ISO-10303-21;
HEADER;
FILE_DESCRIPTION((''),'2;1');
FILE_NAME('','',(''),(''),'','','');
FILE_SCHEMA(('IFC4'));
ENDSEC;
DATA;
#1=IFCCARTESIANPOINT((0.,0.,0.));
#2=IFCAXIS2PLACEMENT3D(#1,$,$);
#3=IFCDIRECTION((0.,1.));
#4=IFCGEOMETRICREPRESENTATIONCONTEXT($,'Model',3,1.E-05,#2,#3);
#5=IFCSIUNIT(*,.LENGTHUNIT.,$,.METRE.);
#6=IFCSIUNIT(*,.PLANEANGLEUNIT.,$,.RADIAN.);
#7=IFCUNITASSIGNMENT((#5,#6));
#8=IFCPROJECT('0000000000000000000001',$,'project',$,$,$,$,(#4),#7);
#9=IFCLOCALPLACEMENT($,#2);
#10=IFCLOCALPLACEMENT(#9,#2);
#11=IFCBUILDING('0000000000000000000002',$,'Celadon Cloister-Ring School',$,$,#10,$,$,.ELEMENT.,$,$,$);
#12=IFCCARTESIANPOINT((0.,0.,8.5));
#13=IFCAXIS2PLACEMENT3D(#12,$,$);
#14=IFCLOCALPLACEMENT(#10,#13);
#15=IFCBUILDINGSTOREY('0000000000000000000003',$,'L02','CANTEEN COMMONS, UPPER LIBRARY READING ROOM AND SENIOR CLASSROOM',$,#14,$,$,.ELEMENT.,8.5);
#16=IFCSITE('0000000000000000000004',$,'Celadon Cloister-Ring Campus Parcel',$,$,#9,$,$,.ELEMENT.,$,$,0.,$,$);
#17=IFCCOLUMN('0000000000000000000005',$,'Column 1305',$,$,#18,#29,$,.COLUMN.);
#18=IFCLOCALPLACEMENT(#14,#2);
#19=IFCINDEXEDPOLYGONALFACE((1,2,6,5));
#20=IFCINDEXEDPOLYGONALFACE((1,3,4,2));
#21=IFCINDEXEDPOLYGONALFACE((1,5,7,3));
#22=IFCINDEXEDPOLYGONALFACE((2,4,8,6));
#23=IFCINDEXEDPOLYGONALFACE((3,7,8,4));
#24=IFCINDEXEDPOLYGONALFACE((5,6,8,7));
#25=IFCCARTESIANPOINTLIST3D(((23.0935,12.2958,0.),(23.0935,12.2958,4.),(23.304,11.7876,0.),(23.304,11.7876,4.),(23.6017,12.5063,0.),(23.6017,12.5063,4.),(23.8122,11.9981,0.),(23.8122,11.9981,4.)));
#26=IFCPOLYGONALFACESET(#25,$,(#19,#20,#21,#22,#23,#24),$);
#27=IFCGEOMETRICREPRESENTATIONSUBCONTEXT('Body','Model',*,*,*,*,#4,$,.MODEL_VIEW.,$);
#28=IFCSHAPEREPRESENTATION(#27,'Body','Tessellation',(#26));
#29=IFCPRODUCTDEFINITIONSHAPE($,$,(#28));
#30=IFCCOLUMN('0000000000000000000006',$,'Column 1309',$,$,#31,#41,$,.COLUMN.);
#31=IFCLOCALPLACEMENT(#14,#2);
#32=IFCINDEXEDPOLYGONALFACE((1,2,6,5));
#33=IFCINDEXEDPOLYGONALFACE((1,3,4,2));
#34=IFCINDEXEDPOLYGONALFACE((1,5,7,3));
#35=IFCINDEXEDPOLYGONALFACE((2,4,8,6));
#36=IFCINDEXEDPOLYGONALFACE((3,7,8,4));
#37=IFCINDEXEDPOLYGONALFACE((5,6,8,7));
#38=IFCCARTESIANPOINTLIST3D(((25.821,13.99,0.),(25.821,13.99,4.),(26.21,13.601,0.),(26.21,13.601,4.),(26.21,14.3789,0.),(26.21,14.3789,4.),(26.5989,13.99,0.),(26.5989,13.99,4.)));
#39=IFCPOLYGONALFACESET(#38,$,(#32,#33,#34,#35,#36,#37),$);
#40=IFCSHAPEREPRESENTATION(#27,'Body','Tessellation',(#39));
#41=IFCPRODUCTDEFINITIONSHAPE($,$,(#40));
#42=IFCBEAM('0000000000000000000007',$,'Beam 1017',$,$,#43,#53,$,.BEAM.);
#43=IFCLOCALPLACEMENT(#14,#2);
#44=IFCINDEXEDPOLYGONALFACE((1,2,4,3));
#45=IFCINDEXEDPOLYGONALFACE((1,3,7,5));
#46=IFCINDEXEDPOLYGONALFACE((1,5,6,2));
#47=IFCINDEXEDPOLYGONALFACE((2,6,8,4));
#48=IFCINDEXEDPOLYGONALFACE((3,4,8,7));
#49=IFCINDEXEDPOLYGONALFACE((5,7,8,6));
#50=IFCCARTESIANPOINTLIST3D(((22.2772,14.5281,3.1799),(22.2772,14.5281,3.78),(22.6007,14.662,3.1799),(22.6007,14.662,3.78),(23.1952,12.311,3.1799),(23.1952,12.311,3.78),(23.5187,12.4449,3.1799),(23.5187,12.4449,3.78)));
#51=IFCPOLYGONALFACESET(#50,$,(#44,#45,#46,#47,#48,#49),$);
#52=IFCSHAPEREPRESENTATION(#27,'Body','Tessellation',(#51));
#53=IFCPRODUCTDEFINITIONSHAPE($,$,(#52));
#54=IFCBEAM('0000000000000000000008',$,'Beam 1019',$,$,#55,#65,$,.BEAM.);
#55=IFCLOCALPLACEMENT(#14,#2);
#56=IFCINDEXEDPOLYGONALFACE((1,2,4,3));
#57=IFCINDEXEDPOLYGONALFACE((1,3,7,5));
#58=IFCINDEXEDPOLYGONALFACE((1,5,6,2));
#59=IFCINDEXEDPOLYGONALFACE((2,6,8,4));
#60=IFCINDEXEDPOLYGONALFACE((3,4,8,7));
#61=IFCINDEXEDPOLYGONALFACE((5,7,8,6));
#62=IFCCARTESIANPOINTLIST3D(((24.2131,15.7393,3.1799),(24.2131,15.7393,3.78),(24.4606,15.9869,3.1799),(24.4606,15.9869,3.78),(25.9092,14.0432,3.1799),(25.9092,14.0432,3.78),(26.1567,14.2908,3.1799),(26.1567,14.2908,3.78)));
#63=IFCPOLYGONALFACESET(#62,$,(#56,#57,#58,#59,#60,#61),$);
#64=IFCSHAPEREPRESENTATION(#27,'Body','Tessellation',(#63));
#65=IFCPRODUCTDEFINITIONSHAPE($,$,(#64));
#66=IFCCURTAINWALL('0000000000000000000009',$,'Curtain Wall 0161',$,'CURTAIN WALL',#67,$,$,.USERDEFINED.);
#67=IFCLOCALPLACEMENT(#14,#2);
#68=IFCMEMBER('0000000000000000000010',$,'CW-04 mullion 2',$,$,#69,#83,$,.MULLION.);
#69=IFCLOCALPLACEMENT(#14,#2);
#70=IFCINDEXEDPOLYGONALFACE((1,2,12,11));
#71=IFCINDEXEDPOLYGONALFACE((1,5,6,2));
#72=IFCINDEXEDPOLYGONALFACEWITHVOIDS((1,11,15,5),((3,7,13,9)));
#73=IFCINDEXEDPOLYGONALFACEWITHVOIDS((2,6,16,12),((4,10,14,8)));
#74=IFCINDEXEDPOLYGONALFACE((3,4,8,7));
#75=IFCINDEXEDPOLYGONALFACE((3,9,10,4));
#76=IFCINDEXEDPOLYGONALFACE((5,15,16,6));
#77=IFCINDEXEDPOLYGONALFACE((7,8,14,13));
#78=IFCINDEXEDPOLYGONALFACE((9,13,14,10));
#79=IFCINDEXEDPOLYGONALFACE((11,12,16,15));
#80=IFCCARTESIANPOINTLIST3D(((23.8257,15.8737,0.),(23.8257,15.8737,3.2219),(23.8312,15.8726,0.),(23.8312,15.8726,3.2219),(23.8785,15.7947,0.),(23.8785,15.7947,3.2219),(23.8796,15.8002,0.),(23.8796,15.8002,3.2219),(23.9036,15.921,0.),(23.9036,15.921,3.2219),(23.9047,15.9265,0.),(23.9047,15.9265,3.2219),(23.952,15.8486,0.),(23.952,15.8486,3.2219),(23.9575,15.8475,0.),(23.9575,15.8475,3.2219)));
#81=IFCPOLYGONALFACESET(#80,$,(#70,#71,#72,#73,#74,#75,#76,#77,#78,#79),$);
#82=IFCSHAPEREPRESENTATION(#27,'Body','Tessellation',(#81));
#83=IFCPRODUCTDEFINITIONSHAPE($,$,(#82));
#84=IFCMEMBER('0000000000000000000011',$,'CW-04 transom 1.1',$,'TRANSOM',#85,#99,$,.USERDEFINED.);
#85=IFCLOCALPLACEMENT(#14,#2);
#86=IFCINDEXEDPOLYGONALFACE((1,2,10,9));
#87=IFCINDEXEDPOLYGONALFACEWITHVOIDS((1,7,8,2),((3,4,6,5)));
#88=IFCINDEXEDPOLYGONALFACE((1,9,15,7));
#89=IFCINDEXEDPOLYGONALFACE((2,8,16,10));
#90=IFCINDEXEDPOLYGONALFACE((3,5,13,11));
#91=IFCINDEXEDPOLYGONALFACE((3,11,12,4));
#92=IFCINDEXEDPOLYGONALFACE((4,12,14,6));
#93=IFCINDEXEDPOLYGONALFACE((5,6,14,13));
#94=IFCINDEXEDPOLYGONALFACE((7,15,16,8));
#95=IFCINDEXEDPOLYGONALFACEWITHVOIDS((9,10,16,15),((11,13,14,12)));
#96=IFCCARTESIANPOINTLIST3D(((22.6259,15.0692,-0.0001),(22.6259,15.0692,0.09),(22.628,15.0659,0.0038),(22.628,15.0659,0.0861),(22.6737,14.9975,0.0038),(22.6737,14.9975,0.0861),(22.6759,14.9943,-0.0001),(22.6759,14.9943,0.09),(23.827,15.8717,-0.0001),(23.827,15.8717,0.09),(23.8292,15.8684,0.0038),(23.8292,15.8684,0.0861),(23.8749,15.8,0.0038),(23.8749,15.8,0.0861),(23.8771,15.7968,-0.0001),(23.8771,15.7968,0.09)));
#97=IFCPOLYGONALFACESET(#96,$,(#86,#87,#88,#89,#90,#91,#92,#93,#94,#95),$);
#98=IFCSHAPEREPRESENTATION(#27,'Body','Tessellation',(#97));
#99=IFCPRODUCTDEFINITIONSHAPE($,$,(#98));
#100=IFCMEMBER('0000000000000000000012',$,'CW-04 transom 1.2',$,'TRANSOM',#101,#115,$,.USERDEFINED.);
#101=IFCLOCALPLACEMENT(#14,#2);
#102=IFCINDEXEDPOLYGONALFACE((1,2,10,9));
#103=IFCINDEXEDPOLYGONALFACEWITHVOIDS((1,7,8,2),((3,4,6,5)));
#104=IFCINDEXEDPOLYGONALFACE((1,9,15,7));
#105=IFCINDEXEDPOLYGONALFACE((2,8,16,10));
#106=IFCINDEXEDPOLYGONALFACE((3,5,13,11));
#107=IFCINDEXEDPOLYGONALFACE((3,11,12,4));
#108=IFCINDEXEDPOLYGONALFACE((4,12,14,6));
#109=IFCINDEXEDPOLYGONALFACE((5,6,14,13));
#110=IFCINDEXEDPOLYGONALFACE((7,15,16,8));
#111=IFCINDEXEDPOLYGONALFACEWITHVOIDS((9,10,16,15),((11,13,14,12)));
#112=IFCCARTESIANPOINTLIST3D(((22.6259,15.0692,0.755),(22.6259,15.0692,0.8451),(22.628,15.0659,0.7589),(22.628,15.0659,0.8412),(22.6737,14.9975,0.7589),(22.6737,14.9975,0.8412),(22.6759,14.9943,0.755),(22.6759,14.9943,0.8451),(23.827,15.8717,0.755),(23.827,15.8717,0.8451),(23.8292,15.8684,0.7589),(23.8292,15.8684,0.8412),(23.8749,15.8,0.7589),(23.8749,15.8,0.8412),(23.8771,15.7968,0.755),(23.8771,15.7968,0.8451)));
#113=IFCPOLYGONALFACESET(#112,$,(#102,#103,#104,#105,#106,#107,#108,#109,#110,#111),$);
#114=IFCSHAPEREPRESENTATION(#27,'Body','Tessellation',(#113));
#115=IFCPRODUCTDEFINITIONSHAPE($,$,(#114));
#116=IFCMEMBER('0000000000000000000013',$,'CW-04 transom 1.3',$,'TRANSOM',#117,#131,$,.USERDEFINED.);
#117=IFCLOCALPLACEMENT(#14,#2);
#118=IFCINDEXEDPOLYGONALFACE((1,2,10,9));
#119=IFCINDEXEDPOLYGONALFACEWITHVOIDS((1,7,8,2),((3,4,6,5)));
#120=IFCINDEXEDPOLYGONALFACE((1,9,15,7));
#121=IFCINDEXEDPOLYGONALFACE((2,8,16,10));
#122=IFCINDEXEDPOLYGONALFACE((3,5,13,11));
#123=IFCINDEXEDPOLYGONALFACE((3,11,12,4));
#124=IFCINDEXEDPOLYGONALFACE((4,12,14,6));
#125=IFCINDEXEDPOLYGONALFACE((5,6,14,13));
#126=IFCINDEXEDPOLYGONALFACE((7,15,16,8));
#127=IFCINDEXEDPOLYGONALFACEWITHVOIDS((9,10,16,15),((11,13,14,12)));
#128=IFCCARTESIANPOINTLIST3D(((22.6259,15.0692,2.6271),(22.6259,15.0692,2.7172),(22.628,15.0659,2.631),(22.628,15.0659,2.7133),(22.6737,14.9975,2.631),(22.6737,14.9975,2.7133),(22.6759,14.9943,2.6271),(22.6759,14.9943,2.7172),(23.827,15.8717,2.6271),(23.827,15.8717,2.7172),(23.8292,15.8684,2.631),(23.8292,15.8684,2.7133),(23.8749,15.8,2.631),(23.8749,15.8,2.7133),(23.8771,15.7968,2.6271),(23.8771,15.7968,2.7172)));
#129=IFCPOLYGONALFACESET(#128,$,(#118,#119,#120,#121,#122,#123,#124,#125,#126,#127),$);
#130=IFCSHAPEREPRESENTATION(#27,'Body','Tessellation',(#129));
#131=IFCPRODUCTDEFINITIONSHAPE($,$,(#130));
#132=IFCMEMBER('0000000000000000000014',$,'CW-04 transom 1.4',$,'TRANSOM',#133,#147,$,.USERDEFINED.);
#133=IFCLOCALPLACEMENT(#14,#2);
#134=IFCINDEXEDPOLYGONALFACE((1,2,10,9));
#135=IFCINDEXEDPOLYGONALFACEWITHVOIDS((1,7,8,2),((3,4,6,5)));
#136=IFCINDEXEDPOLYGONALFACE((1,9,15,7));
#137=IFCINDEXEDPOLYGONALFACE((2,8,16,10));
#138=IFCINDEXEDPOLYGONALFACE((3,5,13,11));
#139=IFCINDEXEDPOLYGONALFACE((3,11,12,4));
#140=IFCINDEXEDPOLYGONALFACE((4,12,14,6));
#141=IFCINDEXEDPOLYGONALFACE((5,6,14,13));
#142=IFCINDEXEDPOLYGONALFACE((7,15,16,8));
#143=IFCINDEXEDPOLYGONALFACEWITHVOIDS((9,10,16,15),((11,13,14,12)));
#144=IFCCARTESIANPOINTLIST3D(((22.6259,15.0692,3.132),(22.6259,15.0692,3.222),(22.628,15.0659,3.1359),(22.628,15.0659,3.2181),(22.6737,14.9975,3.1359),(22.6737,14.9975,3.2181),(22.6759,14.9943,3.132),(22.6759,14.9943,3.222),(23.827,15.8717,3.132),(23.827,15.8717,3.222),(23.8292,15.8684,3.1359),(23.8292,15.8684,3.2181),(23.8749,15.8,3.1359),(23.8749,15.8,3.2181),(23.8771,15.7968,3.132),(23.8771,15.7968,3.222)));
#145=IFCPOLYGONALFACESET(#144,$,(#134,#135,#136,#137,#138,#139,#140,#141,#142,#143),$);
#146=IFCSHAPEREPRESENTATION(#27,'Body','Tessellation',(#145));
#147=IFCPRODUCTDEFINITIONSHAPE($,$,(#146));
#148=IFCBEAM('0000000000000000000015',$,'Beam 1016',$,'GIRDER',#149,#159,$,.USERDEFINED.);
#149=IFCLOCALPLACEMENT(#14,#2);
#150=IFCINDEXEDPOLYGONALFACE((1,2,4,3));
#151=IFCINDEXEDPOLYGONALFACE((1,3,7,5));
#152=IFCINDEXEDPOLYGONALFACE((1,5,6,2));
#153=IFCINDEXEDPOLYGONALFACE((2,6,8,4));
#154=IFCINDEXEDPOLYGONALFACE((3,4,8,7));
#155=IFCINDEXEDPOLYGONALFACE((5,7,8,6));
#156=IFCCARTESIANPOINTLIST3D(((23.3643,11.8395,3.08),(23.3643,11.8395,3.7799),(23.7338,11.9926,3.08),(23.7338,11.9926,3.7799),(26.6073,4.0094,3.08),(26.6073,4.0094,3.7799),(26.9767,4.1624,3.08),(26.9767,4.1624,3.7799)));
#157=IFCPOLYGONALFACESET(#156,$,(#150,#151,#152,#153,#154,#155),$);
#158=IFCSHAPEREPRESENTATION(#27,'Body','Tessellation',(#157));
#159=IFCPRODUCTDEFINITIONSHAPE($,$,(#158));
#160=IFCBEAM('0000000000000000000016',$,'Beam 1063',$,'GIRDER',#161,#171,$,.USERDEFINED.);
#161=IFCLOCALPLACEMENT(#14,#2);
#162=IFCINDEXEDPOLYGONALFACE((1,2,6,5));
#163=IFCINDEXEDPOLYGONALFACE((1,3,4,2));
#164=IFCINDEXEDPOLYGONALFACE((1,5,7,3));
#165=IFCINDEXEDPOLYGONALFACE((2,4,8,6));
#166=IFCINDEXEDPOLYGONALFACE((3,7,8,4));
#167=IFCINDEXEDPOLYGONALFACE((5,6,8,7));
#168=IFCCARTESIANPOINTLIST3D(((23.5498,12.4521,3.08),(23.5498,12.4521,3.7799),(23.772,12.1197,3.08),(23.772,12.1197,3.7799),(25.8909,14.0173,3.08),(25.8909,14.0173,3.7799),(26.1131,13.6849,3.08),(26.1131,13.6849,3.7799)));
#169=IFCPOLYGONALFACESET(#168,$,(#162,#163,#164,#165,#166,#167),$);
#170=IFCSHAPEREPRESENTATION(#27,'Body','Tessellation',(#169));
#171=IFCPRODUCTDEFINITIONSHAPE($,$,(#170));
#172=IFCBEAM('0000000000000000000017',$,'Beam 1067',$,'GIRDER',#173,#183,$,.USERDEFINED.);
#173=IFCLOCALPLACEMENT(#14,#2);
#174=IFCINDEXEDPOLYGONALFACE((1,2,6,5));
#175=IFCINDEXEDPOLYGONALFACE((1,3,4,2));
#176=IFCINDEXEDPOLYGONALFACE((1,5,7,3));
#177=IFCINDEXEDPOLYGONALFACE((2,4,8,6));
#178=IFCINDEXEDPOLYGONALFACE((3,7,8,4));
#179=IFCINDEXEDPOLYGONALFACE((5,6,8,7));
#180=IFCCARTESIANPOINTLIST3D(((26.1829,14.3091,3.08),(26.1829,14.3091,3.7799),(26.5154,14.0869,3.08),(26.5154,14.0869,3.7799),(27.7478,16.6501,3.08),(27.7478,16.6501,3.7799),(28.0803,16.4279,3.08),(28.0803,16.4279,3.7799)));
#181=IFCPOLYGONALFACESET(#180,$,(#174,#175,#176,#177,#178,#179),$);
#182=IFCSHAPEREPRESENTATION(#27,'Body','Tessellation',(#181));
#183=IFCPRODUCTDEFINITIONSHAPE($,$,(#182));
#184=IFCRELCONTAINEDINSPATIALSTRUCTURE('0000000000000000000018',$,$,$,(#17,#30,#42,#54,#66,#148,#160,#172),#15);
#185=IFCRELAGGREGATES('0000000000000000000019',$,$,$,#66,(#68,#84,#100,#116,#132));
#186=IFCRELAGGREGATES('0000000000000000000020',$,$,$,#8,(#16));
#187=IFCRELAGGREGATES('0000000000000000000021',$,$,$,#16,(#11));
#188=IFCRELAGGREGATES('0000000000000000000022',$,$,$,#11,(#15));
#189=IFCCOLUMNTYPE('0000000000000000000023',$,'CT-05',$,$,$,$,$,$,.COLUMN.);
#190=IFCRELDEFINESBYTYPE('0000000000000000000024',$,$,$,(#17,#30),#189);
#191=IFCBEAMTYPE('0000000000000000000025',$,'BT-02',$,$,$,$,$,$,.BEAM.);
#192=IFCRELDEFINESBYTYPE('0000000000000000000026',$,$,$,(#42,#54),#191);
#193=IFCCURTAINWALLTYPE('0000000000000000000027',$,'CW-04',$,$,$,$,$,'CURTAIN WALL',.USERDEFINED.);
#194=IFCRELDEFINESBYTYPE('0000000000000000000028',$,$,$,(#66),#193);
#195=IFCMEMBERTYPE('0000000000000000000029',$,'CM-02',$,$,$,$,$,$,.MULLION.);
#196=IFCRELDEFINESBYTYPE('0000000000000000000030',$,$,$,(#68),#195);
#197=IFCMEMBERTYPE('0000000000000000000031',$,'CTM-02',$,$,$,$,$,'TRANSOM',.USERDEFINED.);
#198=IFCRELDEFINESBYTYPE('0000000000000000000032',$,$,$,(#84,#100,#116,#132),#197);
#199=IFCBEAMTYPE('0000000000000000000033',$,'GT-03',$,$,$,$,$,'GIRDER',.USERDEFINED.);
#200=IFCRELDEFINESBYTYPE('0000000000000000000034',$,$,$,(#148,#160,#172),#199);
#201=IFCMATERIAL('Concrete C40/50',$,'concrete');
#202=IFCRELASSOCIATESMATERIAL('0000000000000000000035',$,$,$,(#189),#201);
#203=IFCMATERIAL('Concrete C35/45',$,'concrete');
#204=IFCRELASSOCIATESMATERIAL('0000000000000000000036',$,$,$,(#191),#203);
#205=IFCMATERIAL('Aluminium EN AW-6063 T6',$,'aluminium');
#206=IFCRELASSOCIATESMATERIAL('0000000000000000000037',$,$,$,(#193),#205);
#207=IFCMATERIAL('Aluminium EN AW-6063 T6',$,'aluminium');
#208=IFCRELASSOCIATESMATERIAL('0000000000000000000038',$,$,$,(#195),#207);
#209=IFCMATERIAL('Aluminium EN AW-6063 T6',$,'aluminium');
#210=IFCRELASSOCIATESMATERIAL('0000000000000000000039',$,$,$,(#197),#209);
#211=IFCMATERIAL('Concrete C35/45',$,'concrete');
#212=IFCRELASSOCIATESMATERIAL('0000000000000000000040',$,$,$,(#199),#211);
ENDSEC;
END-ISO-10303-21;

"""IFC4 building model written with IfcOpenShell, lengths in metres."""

from ifc_helpers import new_model, si_unit, direction, frame, origin, origin_2d, place, context, subcontext, project, spatial, rectangle, hollow_rectangle, extrude, material, material_profile, profile_set, type_object, element, aggregate, save


model = new_model("IFC4")

# Units and contexts
model_context = context("Model", 3, precision=1e-05, world=origin(), true_north=direction((0.0, 1.0)))
body_context = subcontext(model_context, "Body", "Model", "MODEL_VIEW")
ifc_project = project(units=[si_unit("LENGTHUNIT", "METRE"), si_unit("PLANEANGLEUNIT", "RADIAN")], contexts=[model_context])

# Site, building, storey
site_placement = place(None, origin())
site = spatial("IfcSite", under=ifc_project, at=site_placement, Name="Celadon Cloister-Ring Campus Parcel", CompositionType="ELEMENT", RefElevation=0.0)
building_placement = place(site_placement, origin())
building = spatial("IfcBuilding", under=site, at=building_placement, Name="Celadon Cloister-Ring School", CompositionType="ELEMENT")
storey_placement = place(building_placement, frame((0.0, 0.0, 8.5)))
storey = spatial("IfcBuildingStorey", under=building, at=storey_placement, Name="L02", Description="CANTEEN COMMONS, UPPER LIBRARY READING ROOM AND SENIOR CLASSROOM", CompositionType="ELEMENT", Elevation=8.5)

# Columns
ifc_material_1 = material(Name="Concrete C40/50", Category="concrete")
ifc_material_profile_1 = material_profile(ifc_material_1, rectangle(XDim=0.55, YDim=0.55, at=origin_2d()), Name="RC550X550")
ifc_profile_set_1 = profile_set([ifc_material_profile_1], Name="Concrete C40/50")
column_type = type_object("IfcColumnType", Name="CT-05", PredefinedType="COLUMN", material=ifc_profile_set_1)
for number, where, z_axis, x_axis, name in (
    (1, (23.4529, 12.147, 0.0), (0.0, 0.0, 1.0), (0.382683, -0.92388, 0.0), "Column 1305"),
    (2, (26.21, 13.99, 0.0), (0.0, 0.0, 1.0), (0.707107, -0.707107, 0.0), "Column 1309"),
):
    element("IfcColumn", number, at=place(storey_placement, frame(where, z_axis=z_axis, x_axis=x_axis)), inside=storey, type_object=column_type, Name=name, PredefinedType="COLUMN", context=body_context, shape_type="SweptSolid", body=[
        extrude(rectangle(XDim=0.55, YDim=0.55, at=origin_2d()), origin(), (0.0, 0.0, 1.0), 4.0),
    ])

# Beams
ifc_material_2 = material(Name="Concrete C35/45", Category="concrete")
ifc_material_profile_2 = material_profile(ifc_material_2, rectangle(XDim=0.3501, YDim=0.6001, at=origin_2d()), Name="RC350X600")
ifc_profile_set_2 = profile_set([ifc_material_profile_2], Name="Concrete C35/45")
beam_type_1 = type_object("IfcBeamType", Name="BT-02", PredefinedType="BEAM", material=ifc_profile_set_2)
beam_1_placement = place(storey_placement, frame((23.3569, 12.3779, 3.48), z_axis=(-0.382555, 0.923933, 0.0), x_axis=(-0.923933, -0.382555, 0.0)))
element("IfcBeam", 3, at=beam_1_placement, inside=storey, type_object=beam_type_1, Name="Beam 1017", PredefinedType="BEAM", context=body_context, shape_type="SweptSolid", body=[
    extrude(rectangle(XDim=0.3501, YDim=0.6001, at=origin_2d()), origin(), (0.0, 0.0, 1.0), 2.3997),
])
beam_2_placement = place(storey_placement, frame((26.033, 14.167, 3.48), z_axis=(-0.707107, 0.707107, 0.0), x_axis=(-0.707107, -0.707107, 0.0)))
element("IfcBeam", 4, at=beam_2_placement, inside=storey, type_object=beam_type_1, Name="Beam 1019", PredefinedType="BEAM", context=body_context, shape_type="SweptSolid", body=[
    extrude(rectangle(XDim=0.3501, YDim=0.6001, at=origin_2d()), origin(), (0.0, 0.0, 1.0), 2.3987),
])

# Curtain wall, members
ifc_material_3 = material(Name="Aluminium EN AW-6063 T6", Category="aluminium")
curtain_wall_type = type_object("IfcCurtainWallType", Name="CW-04", ElementType="CURTAIN WALL", PredefinedType="USERDEFINED", material=ifc_material_3)
curtain_wall_placement = place(storey_placement, origin())
curtain_wall = element("IfcCurtainWall", 5, at=curtain_wall_placement, inside=storey, type_object=curtain_wall_type, Name="Curtain Wall 0161", ObjectType="CURTAIN WALL", PredefinedType="USERDEFINED")
ifc_material_4 = material(Name="Aluminium EN AW-6063 T6", Category="aluminium")
ifc_material_profile_3 = material_profile(ifc_material_4, hollow_rectangle(XDim=0.095, YDim=0.095, WallThickness=0.0039, at=origin_2d()), Name="RHS95X95X4")
ifc_profile_set_3 = profile_set([ifc_material_profile_3], Name="Aluminium EN AW-6063 T6")
member_type_1 = type_object("IfcMemberType", Name="CM-02", PredefinedType="MULLION", material=ifc_profile_set_3)
member_1_placement = place(storey_placement, frame((23.8916, 15.8606, 0.0), z_axis=(0.0, 0.0, 1.0), x_axis=(-0.555547, 0.831485, 0.0)))
member_1 = element("IfcMember", 6, at=member_1_placement, type_object=member_type_1, Name="CW-04 mullion 2", PredefinedType="MULLION", context=body_context, shape_type="SweptSolid", body=[
    extrude(hollow_rectangle(XDim=0.095, YDim=0.095, WallThickness=0.0039, at=origin_2d()), origin(), (0.0, 0.0, 1.0), 3.2219),
])
ifc_material_5 = material(Name="Aluminium EN AW-6063 T6", Category="aluminium")
ifc_material_profile_4 = material_profile(ifc_material_5, hollow_rectangle(XDim=0.0901, YDim=0.0901, WallThickness=0.0039, at=origin_2d()), Name="RHS90X90X4")
ifc_profile_set_4 = profile_set([ifc_material_profile_4], Name="Aluminium EN AW-6063 T6")
member_type_2 = type_object("IfcMemberType", Name="CTM-02", ElementType="TRANSOM", PredefinedType="USERDEFINED", material=ifc_profile_set_4)
member_2_placement = place(storey_placement, frame((22.6509, 15.0317, 0.0449), z_axis=(0.831504, 0.555519, 0.0), x_axis=(-0.555519, 0.831504, 0.0)))
member_2 = element("IfcMember", 7, at=member_2_placement, type_object=member_type_2, Name="CW-04 transom 1.1", ObjectType="TRANSOM", PredefinedType="USERDEFINED", context=body_context, shape_type="SweptSolid", body=[
    extrude(hollow_rectangle(XDim=0.0901, YDim=0.0901, WallThickness=0.0039, at=origin_2d()), origin(), (0.0, 0.0, 1.0), 1.4446),
])
member_3_placement = place(storey_placement, frame((22.6509, 15.0317, 0.8), z_axis=(0.831504, 0.555519, 0.0), x_axis=(-0.555519, 0.831504, 0.0)))
member_3 = element("IfcMember", 8, at=member_3_placement, type_object=member_type_2, Name="CW-04 transom 1.2", ObjectType="TRANSOM", PredefinedType="USERDEFINED", context=body_context, shape_type="SweptSolid", body=[
    extrude(hollow_rectangle(XDim=0.0901, YDim=0.0901, WallThickness=0.0039, at=origin_2d()), origin(), (0.0, 0.0, 1.0), 1.4446),
])
member_4_placement = place(storey_placement, frame((22.6509, 15.0317, 2.6721), z_axis=(0.831504, 0.555519, 0.0), x_axis=(-0.555519, 0.831504, 0.0)))
member_4 = element("IfcMember", 9, at=member_4_placement, type_object=member_type_2, Name="CW-04 transom 1.3", ObjectType="TRANSOM", PredefinedType="USERDEFINED", context=body_context, shape_type="SweptSolid", body=[
    extrude(hollow_rectangle(XDim=0.0901, YDim=0.0901, WallThickness=0.0039, at=origin_2d()), origin(), (0.0, 0.0, 1.0), 1.4446),
])
member_5_placement = place(storey_placement, frame((22.6509, 15.0317, 3.177), z_axis=(0.831504, 0.555519, 0.0), x_axis=(-0.555519, 0.831504, 0.0)))
member_5 = element("IfcMember", 10, at=member_5_placement, type_object=member_type_2, Name="CW-04 transom 1.4", ObjectType="TRANSOM", PredefinedType="USERDEFINED", context=body_context, shape_type="SweptSolid", body=[
    extrude(hollow_rectangle(XDim=0.0901, YDim=0.0901, WallThickness=0.0039, at=origin_2d()), origin(), (0.0, 0.0, 1.0), 1.4446),
])

# Beams
ifc_material_6 = material(Name="Concrete C35/45", Category="concrete")
ifc_material_profile_5 = material_profile(ifc_material_6, rectangle(XDim=0.3999, YDim=0.7, at=origin_2d()), Name="RC400X700")
ifc_profile_set_5 = profile_set([ifc_material_profile_5], Name="Concrete C35/45")
beam_type_2 = type_object("IfcBeamType", Name="GT-03", ElementType="GIRDER", PredefinedType="USERDEFINED", material=ifc_profile_set_5)
beam_3_placement = place(storey_placement, frame((26.792, 4.0859, 3.4299), z_axis=(-0.382643, 0.923896, 0.0), x_axis=(-0.923896, -0.382643, 0.0)))
element("IfcBeam", 11, at=beam_3_placement, inside=storey, type_object=beam_type_2, Name="Beam 1016", ObjectType="GIRDER", PredefinedType="USERDEFINED", context=body_context, shape_type="SweptSolid", body=[
    extrude(rectangle(XDim=0.3999, YDim=0.7, at=origin_2d()), origin(), (0.0, 0.0, 1.0), 8.4751),
])
beam_4_placement = place(storey_placement, frame((23.6609, 12.2859, 3.4299), z_axis=(0.831316, 0.5558, 0.0), x_axis=(-0.5558, 0.831316, 0.0)))
element("IfcBeam", 12, at=beam_4_placement, inside=storey, type_object=beam_type_2, Name="Beam 1063", ObjectType="GIRDER", PredefinedType="USERDEFINED", context=body_context, shape_type="SweptSolid", body=[
    extrude(rectangle(XDim=0.3999, YDim=0.7, at=origin_2d()), origin(), (0.0, 0.0, 1.0), 2.8162),
])
beam_5_placement = place(storey_placement, frame((26.3491, 14.198, 3.4299), z_axis=(0.55574, 0.831356, 0.0), x_axis=(-0.831356, 0.55574, 0.0)))
element("IfcBeam", 13, at=beam_5_placement, inside=storey, type_object=beam_type_2, Name="Beam 1067", ObjectType="GIRDER", PredefinedType="USERDEFINED", context=body_context, shape_type="SweptSolid", body=[
    extrude(rectangle(XDim=0.3999, YDim=0.7, at=origin_2d()), origin(), (0.0, 0.0, 1.0), 2.8159),
])

aggregate(curtain_wall, [member_1, member_2, member_3, member_4, member_5])

save(model, "model.ifc")
